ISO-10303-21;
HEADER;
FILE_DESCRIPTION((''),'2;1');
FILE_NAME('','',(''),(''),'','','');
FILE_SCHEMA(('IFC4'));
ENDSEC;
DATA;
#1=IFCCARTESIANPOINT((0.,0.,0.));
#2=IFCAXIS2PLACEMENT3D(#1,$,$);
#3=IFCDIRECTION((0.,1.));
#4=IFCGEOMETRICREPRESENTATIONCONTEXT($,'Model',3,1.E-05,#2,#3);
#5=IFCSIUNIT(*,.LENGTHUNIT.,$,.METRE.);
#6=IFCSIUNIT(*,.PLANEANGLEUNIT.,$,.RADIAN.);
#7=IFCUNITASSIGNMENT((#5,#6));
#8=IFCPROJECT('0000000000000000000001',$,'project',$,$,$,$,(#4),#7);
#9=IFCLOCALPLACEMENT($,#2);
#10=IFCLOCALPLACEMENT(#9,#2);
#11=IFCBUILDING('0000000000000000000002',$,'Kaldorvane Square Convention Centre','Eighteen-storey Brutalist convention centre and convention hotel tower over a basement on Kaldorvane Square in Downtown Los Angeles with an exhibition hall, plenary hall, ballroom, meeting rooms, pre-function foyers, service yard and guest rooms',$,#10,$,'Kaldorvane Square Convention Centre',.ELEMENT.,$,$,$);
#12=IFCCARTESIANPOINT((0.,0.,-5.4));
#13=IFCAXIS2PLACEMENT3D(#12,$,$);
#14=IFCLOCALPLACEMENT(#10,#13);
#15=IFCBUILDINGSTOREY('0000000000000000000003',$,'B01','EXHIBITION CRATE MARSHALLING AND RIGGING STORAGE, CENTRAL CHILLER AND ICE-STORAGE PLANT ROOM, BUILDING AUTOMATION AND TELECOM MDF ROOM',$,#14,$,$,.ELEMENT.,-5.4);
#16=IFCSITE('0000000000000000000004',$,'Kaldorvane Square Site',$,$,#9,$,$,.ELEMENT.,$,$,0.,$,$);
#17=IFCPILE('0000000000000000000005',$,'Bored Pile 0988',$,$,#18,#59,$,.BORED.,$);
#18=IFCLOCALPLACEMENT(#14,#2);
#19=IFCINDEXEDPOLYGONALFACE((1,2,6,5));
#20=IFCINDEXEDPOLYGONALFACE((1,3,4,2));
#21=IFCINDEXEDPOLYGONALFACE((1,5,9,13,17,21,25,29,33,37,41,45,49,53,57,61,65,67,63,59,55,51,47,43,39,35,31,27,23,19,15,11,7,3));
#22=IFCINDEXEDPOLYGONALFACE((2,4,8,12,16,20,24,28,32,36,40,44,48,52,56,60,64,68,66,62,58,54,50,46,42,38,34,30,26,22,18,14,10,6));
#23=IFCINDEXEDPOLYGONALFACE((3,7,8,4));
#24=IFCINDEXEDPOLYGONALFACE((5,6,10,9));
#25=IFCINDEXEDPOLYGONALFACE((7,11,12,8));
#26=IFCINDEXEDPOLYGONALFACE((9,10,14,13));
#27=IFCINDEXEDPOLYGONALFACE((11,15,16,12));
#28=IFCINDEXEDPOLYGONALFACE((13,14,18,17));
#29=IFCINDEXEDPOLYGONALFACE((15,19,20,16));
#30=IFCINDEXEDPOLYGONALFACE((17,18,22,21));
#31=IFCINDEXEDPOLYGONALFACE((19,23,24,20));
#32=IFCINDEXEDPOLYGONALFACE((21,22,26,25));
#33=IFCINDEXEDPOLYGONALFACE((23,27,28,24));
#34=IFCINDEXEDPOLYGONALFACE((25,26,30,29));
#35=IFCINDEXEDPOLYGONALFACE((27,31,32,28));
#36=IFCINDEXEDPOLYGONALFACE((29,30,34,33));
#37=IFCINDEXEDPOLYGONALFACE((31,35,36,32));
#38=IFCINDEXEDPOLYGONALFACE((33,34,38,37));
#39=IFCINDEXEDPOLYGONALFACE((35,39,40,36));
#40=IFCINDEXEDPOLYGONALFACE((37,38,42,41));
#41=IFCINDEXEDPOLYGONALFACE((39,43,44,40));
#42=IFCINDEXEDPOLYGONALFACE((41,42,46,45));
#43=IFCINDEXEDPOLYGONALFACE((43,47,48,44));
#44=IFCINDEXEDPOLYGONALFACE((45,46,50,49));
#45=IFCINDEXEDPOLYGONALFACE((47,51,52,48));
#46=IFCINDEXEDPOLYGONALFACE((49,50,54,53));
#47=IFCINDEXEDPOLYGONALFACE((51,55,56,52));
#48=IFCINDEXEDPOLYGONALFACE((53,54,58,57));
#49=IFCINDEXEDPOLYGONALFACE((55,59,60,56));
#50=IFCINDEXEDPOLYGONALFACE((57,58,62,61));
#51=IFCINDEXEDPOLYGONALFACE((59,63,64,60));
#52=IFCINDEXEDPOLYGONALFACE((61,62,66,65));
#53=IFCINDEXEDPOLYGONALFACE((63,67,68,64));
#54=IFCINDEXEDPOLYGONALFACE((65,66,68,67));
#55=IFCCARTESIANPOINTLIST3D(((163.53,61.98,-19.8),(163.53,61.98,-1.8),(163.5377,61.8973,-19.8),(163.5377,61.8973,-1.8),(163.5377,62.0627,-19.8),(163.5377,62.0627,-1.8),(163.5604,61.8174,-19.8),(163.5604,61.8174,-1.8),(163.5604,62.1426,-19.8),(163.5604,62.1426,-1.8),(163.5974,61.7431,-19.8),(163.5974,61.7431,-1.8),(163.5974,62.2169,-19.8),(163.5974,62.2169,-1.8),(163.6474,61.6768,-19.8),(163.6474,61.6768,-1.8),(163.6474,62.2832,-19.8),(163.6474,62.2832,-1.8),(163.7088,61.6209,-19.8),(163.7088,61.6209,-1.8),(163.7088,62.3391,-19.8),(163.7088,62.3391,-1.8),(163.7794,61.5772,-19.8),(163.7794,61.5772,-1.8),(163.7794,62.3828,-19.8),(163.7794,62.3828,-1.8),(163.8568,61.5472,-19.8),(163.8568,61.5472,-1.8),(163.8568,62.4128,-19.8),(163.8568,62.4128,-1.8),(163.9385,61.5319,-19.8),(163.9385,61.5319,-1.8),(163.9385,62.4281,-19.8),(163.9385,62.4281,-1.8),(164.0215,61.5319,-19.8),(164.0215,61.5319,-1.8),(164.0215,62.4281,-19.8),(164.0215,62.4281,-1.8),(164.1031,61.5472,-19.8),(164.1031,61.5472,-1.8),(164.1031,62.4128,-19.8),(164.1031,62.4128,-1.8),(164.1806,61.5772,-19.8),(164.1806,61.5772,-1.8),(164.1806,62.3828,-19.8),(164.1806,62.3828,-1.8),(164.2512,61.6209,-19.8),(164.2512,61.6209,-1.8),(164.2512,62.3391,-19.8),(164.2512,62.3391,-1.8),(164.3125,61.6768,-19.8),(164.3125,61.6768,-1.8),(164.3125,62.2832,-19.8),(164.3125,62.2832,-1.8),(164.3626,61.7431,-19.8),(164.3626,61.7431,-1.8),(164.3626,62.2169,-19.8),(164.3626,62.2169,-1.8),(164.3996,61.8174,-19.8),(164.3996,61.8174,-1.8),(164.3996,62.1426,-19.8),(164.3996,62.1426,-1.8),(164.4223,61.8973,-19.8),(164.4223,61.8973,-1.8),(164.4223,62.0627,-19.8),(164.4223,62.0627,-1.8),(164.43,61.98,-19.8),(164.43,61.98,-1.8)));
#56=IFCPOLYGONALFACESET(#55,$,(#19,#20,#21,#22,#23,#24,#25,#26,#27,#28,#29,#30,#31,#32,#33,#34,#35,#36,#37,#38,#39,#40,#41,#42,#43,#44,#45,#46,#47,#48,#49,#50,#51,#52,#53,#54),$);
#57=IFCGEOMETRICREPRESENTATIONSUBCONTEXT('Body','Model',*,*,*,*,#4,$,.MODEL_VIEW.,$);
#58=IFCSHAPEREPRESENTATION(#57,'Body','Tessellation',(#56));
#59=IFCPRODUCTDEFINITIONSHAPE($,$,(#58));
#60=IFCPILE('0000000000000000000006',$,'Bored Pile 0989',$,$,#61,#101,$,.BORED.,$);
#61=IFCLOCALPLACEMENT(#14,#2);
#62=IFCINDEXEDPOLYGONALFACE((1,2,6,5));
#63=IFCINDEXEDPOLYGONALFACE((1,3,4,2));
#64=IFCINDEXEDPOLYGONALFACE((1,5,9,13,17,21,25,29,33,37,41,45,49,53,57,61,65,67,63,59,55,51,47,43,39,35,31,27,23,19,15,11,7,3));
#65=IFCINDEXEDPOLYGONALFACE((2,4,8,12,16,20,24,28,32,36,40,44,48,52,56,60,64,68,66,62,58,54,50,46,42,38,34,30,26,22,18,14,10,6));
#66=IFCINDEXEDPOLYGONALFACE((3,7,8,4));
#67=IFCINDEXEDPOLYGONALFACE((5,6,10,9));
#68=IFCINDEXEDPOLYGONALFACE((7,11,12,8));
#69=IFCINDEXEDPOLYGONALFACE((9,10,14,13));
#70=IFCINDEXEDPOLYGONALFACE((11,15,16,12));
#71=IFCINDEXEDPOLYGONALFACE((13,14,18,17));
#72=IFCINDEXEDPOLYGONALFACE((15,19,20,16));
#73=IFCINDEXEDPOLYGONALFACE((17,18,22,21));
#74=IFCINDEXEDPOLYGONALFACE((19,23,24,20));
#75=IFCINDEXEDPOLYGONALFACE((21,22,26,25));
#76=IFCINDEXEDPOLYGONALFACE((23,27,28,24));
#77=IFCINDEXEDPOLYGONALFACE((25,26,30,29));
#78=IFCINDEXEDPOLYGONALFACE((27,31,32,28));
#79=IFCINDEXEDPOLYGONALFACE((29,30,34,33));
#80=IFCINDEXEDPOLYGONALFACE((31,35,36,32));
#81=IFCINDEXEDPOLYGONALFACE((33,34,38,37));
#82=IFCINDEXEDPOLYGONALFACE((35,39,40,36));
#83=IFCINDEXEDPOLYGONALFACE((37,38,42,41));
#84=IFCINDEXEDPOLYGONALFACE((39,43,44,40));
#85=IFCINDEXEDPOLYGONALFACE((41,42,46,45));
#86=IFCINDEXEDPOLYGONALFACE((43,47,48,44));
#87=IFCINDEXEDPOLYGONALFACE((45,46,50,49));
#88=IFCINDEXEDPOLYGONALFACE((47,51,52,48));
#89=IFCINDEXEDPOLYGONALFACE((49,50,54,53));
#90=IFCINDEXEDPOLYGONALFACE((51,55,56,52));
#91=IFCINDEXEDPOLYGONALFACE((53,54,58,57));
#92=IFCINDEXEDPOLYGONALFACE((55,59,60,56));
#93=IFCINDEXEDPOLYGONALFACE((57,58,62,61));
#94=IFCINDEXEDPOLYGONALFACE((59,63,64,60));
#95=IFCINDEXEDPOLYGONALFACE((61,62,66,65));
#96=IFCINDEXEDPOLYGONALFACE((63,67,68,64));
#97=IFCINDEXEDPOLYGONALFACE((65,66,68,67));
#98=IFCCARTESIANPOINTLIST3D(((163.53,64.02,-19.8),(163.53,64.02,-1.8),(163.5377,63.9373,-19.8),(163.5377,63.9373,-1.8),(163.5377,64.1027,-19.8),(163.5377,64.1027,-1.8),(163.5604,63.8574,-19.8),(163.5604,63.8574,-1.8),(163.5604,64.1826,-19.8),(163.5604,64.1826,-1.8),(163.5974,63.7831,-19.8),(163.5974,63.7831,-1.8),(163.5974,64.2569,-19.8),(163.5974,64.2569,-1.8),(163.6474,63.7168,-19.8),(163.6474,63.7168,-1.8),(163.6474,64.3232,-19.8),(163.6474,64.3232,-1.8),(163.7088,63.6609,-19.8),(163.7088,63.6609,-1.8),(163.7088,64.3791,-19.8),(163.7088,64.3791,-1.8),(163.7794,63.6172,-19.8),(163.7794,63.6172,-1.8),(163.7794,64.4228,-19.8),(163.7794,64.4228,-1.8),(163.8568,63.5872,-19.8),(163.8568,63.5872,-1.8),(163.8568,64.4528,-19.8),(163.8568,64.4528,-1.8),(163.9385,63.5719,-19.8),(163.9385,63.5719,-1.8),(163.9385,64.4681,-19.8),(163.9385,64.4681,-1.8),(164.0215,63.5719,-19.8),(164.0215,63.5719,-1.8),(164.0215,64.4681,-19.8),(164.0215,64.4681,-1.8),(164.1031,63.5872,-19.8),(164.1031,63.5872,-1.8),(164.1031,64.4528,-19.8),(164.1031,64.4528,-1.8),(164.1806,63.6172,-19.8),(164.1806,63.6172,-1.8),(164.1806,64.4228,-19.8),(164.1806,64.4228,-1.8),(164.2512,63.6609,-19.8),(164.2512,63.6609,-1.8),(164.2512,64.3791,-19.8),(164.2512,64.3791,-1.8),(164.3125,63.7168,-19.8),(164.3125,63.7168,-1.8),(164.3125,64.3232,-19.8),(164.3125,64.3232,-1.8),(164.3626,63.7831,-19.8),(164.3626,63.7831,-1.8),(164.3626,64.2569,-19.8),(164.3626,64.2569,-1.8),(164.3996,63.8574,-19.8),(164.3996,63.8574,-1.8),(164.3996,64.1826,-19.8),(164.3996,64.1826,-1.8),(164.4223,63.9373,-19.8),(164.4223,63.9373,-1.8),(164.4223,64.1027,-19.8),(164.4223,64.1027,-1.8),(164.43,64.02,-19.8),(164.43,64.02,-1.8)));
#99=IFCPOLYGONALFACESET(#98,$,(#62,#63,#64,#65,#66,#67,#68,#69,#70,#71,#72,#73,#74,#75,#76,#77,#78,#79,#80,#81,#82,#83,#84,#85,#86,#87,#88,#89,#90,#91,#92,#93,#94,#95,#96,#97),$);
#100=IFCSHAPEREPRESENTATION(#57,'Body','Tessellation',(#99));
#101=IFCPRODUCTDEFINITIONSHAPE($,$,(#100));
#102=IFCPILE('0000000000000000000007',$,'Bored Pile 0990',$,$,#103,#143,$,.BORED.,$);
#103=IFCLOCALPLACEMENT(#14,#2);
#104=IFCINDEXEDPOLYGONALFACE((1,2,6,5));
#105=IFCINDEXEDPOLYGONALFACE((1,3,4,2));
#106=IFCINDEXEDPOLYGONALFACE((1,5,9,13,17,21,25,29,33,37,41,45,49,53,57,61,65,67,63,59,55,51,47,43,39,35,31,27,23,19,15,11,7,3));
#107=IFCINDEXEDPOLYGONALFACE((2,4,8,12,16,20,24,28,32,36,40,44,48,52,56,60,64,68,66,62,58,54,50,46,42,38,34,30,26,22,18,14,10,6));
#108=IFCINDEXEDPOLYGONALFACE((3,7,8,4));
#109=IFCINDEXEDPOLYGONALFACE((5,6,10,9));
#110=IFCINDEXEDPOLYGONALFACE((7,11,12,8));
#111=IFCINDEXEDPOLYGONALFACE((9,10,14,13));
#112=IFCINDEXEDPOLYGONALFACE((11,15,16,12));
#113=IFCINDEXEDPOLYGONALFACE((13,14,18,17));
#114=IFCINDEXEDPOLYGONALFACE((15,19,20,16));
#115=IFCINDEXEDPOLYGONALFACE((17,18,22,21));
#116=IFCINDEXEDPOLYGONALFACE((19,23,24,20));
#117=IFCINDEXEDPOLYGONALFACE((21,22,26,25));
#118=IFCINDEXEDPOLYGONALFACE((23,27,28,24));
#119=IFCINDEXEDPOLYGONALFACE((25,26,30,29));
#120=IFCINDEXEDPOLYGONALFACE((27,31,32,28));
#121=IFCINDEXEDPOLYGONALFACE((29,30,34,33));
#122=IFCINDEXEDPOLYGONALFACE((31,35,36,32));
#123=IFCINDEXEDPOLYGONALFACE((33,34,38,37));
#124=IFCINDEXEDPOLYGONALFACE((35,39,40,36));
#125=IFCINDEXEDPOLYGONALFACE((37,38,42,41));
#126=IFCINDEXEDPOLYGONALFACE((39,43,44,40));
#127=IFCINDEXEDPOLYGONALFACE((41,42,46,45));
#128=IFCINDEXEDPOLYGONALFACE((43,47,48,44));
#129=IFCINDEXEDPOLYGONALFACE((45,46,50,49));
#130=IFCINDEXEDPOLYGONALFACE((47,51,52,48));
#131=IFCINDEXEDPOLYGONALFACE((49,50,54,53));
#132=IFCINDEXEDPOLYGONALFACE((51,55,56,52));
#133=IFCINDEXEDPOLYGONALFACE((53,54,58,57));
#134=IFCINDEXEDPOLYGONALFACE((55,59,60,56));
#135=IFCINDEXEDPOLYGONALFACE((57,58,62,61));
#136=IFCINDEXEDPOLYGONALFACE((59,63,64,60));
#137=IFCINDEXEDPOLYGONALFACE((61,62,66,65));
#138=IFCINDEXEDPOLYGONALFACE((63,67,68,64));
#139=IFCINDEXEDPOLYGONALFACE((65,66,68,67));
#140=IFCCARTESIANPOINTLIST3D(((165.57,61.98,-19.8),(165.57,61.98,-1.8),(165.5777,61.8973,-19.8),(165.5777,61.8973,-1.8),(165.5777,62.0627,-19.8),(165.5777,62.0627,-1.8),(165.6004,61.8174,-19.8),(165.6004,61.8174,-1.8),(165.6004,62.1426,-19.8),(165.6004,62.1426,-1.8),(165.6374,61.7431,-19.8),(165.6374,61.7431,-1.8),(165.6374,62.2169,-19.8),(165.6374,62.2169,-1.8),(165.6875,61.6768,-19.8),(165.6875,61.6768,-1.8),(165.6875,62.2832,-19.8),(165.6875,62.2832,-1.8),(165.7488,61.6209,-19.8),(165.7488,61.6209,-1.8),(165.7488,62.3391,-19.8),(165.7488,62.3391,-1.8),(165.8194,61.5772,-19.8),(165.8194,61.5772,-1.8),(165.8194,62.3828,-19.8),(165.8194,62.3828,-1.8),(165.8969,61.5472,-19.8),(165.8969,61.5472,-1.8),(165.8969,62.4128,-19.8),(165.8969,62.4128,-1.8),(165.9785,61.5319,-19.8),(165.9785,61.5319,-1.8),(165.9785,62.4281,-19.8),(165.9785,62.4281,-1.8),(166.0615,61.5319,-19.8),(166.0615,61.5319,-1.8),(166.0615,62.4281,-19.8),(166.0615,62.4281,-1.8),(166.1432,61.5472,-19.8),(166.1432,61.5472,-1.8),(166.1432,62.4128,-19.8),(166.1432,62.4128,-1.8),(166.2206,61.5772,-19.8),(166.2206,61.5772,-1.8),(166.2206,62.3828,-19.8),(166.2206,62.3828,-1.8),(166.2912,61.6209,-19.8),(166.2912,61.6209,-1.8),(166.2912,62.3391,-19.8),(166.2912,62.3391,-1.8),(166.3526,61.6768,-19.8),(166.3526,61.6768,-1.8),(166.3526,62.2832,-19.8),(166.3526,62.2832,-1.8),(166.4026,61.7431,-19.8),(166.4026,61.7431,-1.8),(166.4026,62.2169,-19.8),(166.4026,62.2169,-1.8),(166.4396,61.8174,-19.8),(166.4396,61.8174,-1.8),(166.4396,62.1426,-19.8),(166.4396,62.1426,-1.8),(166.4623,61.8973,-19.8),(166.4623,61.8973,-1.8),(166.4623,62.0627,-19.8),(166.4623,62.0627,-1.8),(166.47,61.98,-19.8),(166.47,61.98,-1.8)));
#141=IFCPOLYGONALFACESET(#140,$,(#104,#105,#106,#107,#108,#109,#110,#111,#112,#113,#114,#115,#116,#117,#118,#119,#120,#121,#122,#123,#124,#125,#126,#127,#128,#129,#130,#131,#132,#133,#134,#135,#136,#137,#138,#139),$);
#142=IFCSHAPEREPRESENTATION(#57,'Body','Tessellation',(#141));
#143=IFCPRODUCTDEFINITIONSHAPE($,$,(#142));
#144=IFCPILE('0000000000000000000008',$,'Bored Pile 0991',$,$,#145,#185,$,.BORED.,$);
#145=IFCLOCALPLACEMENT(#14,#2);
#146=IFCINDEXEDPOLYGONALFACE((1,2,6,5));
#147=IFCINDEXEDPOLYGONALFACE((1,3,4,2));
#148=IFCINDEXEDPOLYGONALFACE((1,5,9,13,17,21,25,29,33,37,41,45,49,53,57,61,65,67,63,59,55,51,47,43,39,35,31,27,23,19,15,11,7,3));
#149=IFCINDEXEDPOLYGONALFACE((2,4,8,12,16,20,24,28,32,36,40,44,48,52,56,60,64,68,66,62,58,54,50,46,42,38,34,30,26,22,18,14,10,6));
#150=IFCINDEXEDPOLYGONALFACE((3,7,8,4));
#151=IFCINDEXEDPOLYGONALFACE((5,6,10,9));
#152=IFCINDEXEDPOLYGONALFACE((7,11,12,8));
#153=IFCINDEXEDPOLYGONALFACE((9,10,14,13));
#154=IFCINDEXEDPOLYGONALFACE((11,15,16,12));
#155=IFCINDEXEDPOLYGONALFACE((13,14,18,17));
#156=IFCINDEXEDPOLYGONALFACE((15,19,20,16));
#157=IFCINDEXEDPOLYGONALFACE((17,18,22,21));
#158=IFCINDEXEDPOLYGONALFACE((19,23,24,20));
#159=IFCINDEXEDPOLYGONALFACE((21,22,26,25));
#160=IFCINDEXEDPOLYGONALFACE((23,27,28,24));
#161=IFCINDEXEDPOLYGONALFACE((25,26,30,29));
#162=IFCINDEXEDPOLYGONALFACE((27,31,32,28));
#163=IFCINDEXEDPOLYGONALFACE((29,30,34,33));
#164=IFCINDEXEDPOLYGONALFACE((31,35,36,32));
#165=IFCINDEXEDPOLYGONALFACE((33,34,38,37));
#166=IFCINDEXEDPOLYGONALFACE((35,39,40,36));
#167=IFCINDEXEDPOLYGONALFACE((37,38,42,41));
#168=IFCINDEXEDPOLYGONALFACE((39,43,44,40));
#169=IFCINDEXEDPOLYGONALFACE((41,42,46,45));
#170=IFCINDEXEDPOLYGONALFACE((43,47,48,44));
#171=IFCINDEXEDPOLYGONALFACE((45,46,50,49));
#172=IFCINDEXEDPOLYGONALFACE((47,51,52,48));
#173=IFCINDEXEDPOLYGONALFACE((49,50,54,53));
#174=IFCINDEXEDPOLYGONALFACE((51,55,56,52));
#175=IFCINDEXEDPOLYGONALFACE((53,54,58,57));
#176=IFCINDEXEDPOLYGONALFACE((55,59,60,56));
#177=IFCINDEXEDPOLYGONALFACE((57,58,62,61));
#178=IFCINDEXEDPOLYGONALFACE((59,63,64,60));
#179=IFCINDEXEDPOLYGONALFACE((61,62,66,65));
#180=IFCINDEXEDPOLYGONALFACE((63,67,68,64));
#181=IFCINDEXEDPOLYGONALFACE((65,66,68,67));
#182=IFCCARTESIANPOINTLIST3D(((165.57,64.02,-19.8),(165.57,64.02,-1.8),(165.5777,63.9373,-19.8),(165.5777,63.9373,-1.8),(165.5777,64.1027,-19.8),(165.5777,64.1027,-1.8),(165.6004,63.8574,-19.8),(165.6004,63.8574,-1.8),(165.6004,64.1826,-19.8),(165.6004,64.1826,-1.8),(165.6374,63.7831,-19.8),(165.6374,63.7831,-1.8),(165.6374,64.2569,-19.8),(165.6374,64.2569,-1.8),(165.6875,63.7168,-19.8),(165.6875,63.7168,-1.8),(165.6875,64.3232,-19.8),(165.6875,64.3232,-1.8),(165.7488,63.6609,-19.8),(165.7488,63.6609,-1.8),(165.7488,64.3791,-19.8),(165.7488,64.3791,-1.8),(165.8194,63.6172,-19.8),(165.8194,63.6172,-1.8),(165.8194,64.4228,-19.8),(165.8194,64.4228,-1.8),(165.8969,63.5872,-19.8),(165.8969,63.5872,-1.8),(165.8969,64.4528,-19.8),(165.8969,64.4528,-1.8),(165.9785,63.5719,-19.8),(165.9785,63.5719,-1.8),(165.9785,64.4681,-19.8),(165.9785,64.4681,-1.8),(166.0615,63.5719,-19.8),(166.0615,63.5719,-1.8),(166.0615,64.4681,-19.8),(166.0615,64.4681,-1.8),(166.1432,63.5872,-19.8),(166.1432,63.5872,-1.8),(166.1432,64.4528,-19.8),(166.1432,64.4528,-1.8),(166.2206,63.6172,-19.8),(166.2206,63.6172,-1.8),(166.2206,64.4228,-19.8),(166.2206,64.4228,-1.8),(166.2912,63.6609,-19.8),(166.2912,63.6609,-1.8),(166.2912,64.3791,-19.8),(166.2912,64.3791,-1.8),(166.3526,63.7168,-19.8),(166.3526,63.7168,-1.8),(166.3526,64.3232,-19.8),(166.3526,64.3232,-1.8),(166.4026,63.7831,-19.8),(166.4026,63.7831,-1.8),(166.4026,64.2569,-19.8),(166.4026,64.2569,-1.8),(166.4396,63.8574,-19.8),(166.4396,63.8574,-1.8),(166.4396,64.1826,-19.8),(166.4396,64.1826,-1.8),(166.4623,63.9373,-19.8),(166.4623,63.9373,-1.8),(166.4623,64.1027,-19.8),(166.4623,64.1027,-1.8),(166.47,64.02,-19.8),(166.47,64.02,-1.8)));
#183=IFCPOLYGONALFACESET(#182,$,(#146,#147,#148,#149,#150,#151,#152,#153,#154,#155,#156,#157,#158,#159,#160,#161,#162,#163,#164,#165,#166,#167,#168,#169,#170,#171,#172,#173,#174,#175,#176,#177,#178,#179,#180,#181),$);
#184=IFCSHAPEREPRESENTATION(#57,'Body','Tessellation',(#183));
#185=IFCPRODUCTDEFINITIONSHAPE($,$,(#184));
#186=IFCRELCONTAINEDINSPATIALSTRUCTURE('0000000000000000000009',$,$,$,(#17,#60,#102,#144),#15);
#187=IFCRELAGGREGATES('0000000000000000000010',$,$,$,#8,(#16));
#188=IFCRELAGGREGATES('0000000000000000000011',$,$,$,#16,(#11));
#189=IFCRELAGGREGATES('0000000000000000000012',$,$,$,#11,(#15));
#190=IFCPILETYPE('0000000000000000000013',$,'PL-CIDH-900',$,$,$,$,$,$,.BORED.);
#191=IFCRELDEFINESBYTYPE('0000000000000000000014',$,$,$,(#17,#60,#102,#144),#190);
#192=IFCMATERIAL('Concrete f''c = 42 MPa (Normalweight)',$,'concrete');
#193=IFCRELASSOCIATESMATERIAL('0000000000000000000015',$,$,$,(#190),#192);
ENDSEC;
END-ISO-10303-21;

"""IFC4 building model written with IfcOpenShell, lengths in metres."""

from ifc_helpers import new_model, si_unit, direction, frame, origin, origin_2d, place, context, subcontext, project, spatial, circle, extrude, material, material_profile, profile_set, type_object, element, save


model = new_model("IFC4")

# Units and contexts
model_context = context("Model", 3, precision=1e-05, world=origin(), true_north=direction((0.0, 1.0)))
body_context = subcontext(model_context, "Body", "Model", "MODEL_VIEW")
ifc_project = project(units=[si_unit("LENGTHUNIT", "METRE"), si_unit("PLANEANGLEUNIT", "RADIAN")], contexts=[model_context])

# Site, building, storey
site_placement = place(None, origin())
site = spatial("IfcSite", under=ifc_project, at=site_placement, Name="Kaldorvane Square Site", CompositionType="ELEMENT", RefElevation=0.0)
building_placement = place(site_placement, origin())
building = spatial("IfcBuilding", under=site, at=building_placement, Name="Kaldorvane Square Convention Centre", Description="Eighteen-storey Brutalist convention centre and convention hotel tower over a basement on Kaldorvane Square in Downtown Los Angeles with an exhibition hall, plenary hall, ballroom, meeting rooms, pre-function foyers, service yard and guest rooms", LongName="Kaldorvane Square Convention Centre", CompositionType="ELEMENT")
storey_placement = place(building_placement, frame((0.0, 0.0, -5.4)))
storey = spatial("IfcBuildingStorey", under=building, at=storey_placement, Name="B01", Description="EXHIBITION CRATE MARSHALLING AND RIGGING STORAGE, CENTRAL CHILLER AND ICE-STORAGE PLANT ROOM, BUILDING AUTOMATION AND TELECOM MDF ROOM", CompositionType="ELEMENT", Elevation=-5.4)

# Shared definitions
ifc_material_1 = material(Name="Concrete f'c = 42 MPa (Normalweight)", Category="concrete")

# Piles
ifc_material_profile_1 = material_profile(ifc_material_1, circle(Radius=0.45, at=origin_2d()), Name="PILE-D900")
ifc_profile_set_1 = profile_set([ifc_material_profile_1], Name="Concrete f'c = 42 MPa (Normalweight)")
pile_type_1 = type_object("IfcPileType", Name="PL-CIDH-900", PredefinedType="BORED", material=ifc_profile_set_1)
for number, where, z_axis, x_axis, name in (
    (1, (163.98, 61.98, -1.8), (0.0, 0.0, -1.0), (1.0, 0.0, 0.0), "Bored Pile 0988"),
    (2, (163.98, 64.02, -1.8), (0.0, 0.0, -1.0), (1.0, 0.0, 0.0), "Bored Pile 0989"),
    (3, (166.02, 61.98, -1.8), (0.0, 0.0, -1.0), (1.0, 0.0, 0.0), "Bored Pile 0990"),
    (4, (166.02, 64.02, -1.8), (0.0, 0.0, -1.0), (1.0, 0.0, 0.0), "Bored Pile 0991"),
):
    element("IfcPile", number, at=place(storey_placement, frame(where, z_axis=z_axis, x_axis=x_axis)), inside=storey, type_object=pile_type_1, Name=name, PredefinedType="BORED", context=body_context, shape_type="SweptSolid", body=[
        extrude(circle(Radius=0.45, at=origin_2d()), origin(), (0.0, 0.0, 1.0), 18.0),
    ])

save(model, "model.ifc")
